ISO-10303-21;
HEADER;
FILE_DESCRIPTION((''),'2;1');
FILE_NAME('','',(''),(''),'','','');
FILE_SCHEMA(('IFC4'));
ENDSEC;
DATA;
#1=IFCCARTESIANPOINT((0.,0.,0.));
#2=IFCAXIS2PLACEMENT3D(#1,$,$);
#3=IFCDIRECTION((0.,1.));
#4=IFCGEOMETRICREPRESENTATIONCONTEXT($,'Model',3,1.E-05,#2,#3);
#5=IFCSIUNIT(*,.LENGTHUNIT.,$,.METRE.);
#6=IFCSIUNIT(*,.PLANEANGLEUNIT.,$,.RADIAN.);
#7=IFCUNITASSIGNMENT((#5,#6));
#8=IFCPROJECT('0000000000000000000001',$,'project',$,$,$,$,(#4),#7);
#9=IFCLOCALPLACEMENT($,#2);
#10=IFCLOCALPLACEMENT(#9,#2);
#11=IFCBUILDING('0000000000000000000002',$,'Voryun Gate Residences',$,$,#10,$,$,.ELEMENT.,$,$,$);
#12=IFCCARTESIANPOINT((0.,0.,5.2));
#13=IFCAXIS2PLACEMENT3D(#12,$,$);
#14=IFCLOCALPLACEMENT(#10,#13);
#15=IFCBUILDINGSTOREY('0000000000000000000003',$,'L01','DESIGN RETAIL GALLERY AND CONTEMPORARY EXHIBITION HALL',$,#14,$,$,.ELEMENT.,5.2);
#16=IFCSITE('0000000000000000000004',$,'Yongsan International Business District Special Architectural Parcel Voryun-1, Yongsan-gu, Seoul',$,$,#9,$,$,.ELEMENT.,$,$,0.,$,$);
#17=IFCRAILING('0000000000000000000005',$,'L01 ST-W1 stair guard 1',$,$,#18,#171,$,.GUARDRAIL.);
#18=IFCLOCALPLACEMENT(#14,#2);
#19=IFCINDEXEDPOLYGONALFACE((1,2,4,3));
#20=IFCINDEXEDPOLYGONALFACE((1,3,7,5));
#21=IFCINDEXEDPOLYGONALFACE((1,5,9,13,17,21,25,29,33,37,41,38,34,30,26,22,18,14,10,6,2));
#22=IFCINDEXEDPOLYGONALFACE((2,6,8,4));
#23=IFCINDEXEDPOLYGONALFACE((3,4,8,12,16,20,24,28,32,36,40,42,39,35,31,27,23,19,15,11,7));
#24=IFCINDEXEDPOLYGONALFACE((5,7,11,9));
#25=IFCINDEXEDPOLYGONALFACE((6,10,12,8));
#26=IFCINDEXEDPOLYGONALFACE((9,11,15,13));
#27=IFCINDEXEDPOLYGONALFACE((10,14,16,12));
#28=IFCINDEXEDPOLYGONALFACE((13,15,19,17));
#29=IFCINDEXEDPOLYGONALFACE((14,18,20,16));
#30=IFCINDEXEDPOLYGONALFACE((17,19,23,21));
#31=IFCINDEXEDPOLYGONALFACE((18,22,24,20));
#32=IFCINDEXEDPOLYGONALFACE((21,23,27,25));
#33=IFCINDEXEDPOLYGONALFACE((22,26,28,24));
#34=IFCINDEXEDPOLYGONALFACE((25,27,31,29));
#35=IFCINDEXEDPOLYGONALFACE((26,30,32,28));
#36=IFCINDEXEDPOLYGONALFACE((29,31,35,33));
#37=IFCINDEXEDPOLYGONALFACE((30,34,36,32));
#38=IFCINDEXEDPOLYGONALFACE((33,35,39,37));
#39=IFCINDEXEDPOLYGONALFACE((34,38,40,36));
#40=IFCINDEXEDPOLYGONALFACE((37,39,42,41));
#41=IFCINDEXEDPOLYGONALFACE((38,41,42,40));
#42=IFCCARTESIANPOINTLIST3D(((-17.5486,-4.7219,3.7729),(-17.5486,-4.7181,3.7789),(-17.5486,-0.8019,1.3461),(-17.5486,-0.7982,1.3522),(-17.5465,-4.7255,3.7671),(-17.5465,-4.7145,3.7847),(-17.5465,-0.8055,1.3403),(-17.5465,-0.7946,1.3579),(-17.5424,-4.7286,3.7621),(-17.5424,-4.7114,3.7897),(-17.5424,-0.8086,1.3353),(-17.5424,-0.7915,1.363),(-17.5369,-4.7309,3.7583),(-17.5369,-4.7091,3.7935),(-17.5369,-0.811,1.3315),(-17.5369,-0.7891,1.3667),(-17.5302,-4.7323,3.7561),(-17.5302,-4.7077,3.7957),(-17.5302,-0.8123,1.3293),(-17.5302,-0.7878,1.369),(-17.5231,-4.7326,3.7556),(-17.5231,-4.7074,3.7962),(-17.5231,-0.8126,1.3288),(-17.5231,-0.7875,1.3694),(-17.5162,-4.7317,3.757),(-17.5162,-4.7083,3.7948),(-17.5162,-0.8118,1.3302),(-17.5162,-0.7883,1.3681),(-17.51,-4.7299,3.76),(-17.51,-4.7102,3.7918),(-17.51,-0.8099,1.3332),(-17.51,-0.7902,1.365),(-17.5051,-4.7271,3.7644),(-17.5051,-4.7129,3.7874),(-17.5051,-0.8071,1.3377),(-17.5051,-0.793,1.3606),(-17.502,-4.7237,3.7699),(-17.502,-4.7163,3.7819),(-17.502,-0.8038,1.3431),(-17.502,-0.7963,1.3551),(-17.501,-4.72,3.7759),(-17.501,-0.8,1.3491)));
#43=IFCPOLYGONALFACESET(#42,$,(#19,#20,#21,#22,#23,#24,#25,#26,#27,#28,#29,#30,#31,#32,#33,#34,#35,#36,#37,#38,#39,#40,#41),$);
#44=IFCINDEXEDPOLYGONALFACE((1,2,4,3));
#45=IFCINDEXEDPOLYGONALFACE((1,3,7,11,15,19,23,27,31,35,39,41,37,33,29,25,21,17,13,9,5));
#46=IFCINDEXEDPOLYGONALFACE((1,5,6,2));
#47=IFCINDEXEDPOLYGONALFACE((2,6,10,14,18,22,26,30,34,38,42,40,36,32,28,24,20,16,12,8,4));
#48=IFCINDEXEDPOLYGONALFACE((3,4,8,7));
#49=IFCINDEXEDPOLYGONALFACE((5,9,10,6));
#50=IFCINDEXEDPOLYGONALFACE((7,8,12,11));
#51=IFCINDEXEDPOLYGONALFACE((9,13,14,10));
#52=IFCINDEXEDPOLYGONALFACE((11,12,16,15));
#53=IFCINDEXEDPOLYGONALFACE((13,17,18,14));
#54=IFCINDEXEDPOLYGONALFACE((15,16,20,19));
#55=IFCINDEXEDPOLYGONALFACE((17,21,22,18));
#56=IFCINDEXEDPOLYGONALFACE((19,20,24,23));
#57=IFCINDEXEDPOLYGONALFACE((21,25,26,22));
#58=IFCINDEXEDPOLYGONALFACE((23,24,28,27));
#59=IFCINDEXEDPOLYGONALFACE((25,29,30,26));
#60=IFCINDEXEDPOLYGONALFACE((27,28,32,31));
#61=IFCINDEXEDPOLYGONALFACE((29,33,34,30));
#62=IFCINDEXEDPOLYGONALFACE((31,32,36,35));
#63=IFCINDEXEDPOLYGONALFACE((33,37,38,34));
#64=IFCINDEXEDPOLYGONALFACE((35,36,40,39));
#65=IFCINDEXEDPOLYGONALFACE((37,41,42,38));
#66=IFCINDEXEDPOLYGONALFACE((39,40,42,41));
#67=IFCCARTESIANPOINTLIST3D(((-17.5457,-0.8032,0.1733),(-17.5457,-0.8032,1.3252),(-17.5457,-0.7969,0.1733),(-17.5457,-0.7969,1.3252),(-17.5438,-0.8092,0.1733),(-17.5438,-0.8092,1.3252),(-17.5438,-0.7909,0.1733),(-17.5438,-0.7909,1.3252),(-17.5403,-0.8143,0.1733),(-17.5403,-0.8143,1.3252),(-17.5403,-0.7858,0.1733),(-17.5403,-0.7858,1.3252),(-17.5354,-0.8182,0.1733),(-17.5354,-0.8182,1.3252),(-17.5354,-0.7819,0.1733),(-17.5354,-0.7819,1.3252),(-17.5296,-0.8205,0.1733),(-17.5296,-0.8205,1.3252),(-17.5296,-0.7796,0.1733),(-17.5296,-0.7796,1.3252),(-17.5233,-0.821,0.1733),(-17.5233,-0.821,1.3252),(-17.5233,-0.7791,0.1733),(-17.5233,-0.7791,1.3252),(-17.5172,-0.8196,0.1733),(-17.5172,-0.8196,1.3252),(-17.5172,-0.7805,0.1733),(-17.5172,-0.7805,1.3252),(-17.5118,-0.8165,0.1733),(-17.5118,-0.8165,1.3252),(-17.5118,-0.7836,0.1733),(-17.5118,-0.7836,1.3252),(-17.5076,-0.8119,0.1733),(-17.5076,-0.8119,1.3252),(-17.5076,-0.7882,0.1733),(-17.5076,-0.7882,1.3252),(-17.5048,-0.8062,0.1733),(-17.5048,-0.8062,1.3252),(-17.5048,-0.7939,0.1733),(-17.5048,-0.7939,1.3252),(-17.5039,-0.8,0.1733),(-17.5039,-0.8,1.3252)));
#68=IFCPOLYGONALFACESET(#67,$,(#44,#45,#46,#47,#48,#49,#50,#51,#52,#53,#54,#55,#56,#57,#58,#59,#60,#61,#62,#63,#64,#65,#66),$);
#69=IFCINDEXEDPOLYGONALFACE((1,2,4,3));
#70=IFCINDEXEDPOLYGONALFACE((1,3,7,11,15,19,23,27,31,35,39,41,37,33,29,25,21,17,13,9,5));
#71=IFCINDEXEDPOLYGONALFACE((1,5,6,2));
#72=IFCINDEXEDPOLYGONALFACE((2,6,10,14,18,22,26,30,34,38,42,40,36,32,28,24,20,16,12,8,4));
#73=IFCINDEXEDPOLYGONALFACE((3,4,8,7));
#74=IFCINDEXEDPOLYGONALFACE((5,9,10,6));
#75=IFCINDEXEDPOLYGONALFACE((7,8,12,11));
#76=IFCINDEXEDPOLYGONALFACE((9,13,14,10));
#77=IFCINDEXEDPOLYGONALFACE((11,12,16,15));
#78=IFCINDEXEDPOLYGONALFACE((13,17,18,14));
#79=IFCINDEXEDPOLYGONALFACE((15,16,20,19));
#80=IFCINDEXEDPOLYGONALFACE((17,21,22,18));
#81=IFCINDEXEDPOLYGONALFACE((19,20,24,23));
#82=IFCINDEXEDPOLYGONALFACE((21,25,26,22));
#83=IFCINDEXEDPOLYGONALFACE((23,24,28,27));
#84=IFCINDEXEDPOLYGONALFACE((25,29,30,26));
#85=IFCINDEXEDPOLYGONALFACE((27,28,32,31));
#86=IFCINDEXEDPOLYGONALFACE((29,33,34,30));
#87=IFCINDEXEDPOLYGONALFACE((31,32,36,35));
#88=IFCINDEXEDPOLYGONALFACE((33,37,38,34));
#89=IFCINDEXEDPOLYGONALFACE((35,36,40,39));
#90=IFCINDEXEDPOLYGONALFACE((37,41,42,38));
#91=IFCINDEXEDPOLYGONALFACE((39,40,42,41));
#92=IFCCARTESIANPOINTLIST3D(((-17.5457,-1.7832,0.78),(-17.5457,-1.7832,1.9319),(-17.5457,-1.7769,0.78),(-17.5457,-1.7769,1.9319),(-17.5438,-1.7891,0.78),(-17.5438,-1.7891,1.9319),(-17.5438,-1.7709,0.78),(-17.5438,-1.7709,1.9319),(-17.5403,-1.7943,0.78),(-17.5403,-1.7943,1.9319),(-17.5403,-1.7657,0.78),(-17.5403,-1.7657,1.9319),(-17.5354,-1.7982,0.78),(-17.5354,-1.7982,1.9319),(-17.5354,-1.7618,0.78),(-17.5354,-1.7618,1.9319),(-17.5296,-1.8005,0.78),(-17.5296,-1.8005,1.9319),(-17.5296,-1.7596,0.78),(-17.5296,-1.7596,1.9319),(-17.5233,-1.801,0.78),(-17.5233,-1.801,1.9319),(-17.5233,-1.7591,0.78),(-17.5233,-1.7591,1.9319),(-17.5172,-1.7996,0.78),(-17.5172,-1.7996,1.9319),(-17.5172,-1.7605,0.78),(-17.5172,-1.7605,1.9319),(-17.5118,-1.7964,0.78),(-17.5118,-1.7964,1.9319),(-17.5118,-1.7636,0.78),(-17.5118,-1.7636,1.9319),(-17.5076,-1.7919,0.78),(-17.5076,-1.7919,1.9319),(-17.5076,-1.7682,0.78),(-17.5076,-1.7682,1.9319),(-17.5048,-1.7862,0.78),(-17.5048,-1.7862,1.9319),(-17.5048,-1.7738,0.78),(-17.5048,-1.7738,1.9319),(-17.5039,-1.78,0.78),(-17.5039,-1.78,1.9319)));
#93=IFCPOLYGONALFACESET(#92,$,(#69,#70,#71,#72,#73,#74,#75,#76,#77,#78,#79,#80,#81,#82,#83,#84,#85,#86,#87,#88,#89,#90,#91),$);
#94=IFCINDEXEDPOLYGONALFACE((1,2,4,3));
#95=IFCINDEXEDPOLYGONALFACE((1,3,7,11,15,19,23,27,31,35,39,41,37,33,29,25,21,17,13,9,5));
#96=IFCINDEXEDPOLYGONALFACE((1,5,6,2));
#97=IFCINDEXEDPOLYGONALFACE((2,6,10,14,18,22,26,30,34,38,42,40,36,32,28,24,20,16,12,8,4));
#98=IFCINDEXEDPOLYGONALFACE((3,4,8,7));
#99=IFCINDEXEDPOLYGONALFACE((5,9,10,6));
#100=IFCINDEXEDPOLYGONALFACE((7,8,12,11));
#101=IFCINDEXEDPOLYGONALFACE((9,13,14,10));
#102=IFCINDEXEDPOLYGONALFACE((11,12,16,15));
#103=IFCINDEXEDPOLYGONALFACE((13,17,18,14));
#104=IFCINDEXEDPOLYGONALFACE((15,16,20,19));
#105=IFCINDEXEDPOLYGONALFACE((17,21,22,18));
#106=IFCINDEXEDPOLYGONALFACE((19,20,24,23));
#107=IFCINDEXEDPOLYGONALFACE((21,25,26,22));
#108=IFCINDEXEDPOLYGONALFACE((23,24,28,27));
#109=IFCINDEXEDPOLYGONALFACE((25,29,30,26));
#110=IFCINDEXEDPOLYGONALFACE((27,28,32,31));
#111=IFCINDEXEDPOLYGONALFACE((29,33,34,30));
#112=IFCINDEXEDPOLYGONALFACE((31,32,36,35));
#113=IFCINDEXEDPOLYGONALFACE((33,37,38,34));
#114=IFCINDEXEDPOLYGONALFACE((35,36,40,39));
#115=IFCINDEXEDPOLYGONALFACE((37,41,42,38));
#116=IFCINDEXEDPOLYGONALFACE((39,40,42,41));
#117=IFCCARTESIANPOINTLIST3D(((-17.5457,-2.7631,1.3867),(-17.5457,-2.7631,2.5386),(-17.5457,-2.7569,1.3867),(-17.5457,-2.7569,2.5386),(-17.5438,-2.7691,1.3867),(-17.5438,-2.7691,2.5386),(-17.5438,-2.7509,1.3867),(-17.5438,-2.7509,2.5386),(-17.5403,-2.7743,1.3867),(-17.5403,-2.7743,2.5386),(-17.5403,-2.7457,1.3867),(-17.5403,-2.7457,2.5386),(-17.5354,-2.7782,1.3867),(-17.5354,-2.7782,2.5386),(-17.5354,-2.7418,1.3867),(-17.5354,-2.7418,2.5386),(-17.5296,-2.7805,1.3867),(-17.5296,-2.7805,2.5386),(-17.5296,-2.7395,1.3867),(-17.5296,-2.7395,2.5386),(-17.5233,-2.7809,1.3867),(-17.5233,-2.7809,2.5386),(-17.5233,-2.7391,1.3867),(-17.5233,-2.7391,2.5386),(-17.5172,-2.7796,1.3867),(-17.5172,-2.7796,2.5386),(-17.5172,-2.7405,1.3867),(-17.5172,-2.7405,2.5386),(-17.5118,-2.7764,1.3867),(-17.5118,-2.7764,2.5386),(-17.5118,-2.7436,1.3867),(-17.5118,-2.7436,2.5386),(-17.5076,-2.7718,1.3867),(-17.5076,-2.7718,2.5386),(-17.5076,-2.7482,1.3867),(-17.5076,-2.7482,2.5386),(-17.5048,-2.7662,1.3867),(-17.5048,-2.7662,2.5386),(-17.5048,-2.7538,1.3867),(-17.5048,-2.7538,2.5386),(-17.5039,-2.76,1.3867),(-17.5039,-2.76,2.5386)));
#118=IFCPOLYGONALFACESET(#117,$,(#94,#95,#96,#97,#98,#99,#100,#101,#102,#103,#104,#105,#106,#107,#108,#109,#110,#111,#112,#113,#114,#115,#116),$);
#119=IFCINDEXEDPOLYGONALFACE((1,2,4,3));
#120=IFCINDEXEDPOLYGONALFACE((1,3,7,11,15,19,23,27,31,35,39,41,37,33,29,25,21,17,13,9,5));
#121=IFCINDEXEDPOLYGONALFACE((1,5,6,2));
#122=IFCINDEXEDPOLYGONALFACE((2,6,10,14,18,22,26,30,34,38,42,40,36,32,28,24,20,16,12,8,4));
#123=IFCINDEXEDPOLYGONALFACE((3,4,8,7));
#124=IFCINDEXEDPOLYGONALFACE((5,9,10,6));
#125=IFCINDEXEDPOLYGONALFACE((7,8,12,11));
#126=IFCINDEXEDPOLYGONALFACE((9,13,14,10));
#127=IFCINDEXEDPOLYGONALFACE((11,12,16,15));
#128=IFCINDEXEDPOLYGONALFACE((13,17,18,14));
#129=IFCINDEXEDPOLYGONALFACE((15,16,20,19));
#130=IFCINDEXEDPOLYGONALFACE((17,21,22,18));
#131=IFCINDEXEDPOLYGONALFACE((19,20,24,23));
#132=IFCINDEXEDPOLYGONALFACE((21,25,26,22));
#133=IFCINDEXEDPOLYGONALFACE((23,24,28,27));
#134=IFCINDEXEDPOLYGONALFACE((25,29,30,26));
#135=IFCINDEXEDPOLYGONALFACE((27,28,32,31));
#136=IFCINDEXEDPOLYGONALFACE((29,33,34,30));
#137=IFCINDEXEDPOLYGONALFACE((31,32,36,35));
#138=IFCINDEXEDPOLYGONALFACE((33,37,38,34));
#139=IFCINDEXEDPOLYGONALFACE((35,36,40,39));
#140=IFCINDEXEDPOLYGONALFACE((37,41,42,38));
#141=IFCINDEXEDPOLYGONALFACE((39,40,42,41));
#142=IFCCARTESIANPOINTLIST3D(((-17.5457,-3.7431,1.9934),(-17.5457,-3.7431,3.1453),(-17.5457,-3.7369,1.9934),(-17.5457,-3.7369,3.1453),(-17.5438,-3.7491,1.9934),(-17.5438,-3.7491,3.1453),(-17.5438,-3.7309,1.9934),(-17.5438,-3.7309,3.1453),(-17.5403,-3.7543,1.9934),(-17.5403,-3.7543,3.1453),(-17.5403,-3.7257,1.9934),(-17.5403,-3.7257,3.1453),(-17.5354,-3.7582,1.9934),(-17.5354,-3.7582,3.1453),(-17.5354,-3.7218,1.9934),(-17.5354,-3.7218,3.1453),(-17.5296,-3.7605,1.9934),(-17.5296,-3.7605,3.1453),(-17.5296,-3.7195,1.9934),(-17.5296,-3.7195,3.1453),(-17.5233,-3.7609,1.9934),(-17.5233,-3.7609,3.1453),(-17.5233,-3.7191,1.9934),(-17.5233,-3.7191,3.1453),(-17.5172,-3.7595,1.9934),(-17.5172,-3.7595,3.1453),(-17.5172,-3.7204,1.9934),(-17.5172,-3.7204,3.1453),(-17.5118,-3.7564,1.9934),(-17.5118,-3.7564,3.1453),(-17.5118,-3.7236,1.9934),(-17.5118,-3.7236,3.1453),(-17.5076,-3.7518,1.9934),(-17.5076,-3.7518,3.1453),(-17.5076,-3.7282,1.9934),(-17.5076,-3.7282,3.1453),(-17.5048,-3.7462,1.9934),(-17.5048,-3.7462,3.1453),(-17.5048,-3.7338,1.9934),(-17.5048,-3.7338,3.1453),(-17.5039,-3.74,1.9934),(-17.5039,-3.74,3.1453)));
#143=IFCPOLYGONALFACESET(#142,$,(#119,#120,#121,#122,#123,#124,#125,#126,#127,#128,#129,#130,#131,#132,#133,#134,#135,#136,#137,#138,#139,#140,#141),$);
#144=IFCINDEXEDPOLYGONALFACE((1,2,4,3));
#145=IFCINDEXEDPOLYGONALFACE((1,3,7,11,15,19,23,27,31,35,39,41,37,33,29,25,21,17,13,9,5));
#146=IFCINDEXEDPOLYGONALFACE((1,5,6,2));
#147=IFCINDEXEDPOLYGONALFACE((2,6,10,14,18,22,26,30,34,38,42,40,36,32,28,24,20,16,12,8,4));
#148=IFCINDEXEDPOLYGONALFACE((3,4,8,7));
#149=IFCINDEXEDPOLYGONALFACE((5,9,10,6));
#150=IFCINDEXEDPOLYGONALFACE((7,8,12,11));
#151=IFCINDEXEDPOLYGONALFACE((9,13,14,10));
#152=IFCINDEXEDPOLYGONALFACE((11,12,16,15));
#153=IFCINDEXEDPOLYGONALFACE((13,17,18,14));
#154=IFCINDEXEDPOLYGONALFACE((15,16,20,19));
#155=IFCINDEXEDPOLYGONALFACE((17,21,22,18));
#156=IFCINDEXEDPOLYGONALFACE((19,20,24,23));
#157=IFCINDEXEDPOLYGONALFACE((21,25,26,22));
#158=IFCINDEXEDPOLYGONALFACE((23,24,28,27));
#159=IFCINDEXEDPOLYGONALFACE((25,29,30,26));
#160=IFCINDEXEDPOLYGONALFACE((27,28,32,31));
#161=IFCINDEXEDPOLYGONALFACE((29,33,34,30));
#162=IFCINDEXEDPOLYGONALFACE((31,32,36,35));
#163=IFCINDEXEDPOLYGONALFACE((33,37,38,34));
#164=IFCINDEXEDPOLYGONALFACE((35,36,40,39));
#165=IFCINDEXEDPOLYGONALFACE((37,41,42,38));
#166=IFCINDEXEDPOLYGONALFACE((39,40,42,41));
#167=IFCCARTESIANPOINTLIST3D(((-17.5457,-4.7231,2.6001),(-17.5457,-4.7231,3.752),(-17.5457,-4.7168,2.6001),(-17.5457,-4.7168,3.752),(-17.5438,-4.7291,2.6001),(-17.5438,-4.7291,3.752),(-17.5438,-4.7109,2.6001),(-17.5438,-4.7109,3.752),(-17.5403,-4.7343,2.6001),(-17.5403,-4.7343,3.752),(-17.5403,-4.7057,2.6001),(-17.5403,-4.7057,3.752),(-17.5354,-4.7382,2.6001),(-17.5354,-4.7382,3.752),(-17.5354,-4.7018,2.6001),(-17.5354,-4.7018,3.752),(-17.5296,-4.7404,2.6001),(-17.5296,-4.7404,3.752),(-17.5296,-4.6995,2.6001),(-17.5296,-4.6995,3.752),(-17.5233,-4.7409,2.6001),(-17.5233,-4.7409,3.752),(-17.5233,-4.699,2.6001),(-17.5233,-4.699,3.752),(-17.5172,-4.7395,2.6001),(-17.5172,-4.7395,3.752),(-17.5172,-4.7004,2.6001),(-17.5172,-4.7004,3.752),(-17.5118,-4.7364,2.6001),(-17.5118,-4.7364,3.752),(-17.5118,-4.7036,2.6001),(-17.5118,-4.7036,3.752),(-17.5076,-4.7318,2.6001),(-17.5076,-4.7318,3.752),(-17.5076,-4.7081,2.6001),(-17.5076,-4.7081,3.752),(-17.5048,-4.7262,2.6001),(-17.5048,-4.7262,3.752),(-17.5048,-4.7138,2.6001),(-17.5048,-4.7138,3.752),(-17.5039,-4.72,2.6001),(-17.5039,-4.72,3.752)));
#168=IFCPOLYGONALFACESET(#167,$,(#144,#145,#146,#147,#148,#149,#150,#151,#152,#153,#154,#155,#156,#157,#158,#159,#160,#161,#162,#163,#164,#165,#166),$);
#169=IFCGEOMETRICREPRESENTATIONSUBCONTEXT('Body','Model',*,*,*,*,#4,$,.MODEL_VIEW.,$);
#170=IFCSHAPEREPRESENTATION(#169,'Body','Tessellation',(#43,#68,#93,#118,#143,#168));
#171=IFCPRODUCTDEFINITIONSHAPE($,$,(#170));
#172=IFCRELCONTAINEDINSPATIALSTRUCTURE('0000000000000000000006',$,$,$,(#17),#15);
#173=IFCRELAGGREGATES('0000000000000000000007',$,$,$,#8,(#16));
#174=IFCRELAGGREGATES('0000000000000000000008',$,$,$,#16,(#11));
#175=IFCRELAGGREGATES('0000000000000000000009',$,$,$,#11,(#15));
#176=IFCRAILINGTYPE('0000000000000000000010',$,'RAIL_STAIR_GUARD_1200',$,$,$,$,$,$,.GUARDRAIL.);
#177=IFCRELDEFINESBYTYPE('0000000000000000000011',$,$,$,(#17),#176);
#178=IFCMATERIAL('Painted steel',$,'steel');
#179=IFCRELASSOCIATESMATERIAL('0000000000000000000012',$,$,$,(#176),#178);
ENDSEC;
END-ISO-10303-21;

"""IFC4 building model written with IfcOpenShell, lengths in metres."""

from ifc_helpers import new_model, si_unit, direction, frame, origin, origin_2d, place, context, subcontext, project, spatial, circle, extrude, material, type_object, element, save


model = new_model("IFC4")

# Units and contexts
model_context = context("Model", 3, precision=1e-05, world=origin(), true_north=direction((0.0, 1.0)))
body_context = subcontext(model_context, "Body", "Model", "MODEL_VIEW")
ifc_project = project(units=[si_unit("LENGTHUNIT", "METRE"), si_unit("PLANEANGLEUNIT", "RADIAN")], contexts=[model_context])

# Site, building, storey
site_placement = place(None, origin())
site = spatial("IfcSite", under=ifc_project, at=site_placement, Name="Yongsan International Business District Special Architectural Parcel Voryun-1, Yongsan-gu, Seoul", CompositionType="ELEMENT", RefElevation=0.0)
building_placement = place(site_placement, origin())
building = spatial("IfcBuilding", under=site, at=building_placement, Name="Voryun Gate Residences", CompositionType="ELEMENT")
storey_placement = place(building_placement, frame((0.0, 0.0, 5.2)))
storey = spatial("IfcBuildingStorey", under=building, at=storey_placement, Name="L01", Description="DESIGN RETAIL GALLERY AND CONTEMPORARY EXHIBITION HALL", CompositionType="ELEMENT", Elevation=5.2)

# Railing
ifc_material_1 = material(Name="Painted steel", Category="steel")
railing_type_1 = type_object("IfcRailingType", Name="RAIL_STAIR_GUARD_1200", PredefinedType="GUARDRAIL", material=ifc_material_1)
railing_1_placement = place(storey_placement, frame((-17.5249, -0.8, 0.1733)))
element("IfcRailing", 1, at=railing_1_placement, inside=storey, type_object=railing_type_1, Name="L01 ST-W1 stair guard 1", PredefinedType="GUARDRAIL", context=body_context, shape_type="SweptSolid", body=[
    extrude(circle(Radius=0.0239, at=origin_2d()), frame((0.0, 0.0, 1.1758), z_axis=(0.0, -0.850252, 0.526376), x_axis=(1.0, 0.0, 0.0)), (0.0, 0.0, 1.0), 4.6104),
    extrude(circle(Radius=0.021, at=origin_2d()), origin(), (0.0, 0.0, 1.0), 1.1519),
    extrude(circle(Radius=0.021, at=origin_2d()), frame((0.0, -0.98, 0.6067)), (0.0, 0.0, 1.0), 1.1519),
    extrude(circle(Radius=0.021, at=origin_2d()), frame((0.0, -1.96, 1.2134)), (0.0, 0.0, 1.0), 1.1519),
    extrude(circle(Radius=0.021, at=origin_2d()), frame((0.0, -2.9399, 1.8201)), (0.0, 0.0, 1.0), 1.1519),
    extrude(circle(Radius=0.021, at=origin_2d()), frame((0.0, -3.9199, 2.4268)), (0.0, 0.0, 1.0), 1.1519),
])

save(model, "model.ifc")
